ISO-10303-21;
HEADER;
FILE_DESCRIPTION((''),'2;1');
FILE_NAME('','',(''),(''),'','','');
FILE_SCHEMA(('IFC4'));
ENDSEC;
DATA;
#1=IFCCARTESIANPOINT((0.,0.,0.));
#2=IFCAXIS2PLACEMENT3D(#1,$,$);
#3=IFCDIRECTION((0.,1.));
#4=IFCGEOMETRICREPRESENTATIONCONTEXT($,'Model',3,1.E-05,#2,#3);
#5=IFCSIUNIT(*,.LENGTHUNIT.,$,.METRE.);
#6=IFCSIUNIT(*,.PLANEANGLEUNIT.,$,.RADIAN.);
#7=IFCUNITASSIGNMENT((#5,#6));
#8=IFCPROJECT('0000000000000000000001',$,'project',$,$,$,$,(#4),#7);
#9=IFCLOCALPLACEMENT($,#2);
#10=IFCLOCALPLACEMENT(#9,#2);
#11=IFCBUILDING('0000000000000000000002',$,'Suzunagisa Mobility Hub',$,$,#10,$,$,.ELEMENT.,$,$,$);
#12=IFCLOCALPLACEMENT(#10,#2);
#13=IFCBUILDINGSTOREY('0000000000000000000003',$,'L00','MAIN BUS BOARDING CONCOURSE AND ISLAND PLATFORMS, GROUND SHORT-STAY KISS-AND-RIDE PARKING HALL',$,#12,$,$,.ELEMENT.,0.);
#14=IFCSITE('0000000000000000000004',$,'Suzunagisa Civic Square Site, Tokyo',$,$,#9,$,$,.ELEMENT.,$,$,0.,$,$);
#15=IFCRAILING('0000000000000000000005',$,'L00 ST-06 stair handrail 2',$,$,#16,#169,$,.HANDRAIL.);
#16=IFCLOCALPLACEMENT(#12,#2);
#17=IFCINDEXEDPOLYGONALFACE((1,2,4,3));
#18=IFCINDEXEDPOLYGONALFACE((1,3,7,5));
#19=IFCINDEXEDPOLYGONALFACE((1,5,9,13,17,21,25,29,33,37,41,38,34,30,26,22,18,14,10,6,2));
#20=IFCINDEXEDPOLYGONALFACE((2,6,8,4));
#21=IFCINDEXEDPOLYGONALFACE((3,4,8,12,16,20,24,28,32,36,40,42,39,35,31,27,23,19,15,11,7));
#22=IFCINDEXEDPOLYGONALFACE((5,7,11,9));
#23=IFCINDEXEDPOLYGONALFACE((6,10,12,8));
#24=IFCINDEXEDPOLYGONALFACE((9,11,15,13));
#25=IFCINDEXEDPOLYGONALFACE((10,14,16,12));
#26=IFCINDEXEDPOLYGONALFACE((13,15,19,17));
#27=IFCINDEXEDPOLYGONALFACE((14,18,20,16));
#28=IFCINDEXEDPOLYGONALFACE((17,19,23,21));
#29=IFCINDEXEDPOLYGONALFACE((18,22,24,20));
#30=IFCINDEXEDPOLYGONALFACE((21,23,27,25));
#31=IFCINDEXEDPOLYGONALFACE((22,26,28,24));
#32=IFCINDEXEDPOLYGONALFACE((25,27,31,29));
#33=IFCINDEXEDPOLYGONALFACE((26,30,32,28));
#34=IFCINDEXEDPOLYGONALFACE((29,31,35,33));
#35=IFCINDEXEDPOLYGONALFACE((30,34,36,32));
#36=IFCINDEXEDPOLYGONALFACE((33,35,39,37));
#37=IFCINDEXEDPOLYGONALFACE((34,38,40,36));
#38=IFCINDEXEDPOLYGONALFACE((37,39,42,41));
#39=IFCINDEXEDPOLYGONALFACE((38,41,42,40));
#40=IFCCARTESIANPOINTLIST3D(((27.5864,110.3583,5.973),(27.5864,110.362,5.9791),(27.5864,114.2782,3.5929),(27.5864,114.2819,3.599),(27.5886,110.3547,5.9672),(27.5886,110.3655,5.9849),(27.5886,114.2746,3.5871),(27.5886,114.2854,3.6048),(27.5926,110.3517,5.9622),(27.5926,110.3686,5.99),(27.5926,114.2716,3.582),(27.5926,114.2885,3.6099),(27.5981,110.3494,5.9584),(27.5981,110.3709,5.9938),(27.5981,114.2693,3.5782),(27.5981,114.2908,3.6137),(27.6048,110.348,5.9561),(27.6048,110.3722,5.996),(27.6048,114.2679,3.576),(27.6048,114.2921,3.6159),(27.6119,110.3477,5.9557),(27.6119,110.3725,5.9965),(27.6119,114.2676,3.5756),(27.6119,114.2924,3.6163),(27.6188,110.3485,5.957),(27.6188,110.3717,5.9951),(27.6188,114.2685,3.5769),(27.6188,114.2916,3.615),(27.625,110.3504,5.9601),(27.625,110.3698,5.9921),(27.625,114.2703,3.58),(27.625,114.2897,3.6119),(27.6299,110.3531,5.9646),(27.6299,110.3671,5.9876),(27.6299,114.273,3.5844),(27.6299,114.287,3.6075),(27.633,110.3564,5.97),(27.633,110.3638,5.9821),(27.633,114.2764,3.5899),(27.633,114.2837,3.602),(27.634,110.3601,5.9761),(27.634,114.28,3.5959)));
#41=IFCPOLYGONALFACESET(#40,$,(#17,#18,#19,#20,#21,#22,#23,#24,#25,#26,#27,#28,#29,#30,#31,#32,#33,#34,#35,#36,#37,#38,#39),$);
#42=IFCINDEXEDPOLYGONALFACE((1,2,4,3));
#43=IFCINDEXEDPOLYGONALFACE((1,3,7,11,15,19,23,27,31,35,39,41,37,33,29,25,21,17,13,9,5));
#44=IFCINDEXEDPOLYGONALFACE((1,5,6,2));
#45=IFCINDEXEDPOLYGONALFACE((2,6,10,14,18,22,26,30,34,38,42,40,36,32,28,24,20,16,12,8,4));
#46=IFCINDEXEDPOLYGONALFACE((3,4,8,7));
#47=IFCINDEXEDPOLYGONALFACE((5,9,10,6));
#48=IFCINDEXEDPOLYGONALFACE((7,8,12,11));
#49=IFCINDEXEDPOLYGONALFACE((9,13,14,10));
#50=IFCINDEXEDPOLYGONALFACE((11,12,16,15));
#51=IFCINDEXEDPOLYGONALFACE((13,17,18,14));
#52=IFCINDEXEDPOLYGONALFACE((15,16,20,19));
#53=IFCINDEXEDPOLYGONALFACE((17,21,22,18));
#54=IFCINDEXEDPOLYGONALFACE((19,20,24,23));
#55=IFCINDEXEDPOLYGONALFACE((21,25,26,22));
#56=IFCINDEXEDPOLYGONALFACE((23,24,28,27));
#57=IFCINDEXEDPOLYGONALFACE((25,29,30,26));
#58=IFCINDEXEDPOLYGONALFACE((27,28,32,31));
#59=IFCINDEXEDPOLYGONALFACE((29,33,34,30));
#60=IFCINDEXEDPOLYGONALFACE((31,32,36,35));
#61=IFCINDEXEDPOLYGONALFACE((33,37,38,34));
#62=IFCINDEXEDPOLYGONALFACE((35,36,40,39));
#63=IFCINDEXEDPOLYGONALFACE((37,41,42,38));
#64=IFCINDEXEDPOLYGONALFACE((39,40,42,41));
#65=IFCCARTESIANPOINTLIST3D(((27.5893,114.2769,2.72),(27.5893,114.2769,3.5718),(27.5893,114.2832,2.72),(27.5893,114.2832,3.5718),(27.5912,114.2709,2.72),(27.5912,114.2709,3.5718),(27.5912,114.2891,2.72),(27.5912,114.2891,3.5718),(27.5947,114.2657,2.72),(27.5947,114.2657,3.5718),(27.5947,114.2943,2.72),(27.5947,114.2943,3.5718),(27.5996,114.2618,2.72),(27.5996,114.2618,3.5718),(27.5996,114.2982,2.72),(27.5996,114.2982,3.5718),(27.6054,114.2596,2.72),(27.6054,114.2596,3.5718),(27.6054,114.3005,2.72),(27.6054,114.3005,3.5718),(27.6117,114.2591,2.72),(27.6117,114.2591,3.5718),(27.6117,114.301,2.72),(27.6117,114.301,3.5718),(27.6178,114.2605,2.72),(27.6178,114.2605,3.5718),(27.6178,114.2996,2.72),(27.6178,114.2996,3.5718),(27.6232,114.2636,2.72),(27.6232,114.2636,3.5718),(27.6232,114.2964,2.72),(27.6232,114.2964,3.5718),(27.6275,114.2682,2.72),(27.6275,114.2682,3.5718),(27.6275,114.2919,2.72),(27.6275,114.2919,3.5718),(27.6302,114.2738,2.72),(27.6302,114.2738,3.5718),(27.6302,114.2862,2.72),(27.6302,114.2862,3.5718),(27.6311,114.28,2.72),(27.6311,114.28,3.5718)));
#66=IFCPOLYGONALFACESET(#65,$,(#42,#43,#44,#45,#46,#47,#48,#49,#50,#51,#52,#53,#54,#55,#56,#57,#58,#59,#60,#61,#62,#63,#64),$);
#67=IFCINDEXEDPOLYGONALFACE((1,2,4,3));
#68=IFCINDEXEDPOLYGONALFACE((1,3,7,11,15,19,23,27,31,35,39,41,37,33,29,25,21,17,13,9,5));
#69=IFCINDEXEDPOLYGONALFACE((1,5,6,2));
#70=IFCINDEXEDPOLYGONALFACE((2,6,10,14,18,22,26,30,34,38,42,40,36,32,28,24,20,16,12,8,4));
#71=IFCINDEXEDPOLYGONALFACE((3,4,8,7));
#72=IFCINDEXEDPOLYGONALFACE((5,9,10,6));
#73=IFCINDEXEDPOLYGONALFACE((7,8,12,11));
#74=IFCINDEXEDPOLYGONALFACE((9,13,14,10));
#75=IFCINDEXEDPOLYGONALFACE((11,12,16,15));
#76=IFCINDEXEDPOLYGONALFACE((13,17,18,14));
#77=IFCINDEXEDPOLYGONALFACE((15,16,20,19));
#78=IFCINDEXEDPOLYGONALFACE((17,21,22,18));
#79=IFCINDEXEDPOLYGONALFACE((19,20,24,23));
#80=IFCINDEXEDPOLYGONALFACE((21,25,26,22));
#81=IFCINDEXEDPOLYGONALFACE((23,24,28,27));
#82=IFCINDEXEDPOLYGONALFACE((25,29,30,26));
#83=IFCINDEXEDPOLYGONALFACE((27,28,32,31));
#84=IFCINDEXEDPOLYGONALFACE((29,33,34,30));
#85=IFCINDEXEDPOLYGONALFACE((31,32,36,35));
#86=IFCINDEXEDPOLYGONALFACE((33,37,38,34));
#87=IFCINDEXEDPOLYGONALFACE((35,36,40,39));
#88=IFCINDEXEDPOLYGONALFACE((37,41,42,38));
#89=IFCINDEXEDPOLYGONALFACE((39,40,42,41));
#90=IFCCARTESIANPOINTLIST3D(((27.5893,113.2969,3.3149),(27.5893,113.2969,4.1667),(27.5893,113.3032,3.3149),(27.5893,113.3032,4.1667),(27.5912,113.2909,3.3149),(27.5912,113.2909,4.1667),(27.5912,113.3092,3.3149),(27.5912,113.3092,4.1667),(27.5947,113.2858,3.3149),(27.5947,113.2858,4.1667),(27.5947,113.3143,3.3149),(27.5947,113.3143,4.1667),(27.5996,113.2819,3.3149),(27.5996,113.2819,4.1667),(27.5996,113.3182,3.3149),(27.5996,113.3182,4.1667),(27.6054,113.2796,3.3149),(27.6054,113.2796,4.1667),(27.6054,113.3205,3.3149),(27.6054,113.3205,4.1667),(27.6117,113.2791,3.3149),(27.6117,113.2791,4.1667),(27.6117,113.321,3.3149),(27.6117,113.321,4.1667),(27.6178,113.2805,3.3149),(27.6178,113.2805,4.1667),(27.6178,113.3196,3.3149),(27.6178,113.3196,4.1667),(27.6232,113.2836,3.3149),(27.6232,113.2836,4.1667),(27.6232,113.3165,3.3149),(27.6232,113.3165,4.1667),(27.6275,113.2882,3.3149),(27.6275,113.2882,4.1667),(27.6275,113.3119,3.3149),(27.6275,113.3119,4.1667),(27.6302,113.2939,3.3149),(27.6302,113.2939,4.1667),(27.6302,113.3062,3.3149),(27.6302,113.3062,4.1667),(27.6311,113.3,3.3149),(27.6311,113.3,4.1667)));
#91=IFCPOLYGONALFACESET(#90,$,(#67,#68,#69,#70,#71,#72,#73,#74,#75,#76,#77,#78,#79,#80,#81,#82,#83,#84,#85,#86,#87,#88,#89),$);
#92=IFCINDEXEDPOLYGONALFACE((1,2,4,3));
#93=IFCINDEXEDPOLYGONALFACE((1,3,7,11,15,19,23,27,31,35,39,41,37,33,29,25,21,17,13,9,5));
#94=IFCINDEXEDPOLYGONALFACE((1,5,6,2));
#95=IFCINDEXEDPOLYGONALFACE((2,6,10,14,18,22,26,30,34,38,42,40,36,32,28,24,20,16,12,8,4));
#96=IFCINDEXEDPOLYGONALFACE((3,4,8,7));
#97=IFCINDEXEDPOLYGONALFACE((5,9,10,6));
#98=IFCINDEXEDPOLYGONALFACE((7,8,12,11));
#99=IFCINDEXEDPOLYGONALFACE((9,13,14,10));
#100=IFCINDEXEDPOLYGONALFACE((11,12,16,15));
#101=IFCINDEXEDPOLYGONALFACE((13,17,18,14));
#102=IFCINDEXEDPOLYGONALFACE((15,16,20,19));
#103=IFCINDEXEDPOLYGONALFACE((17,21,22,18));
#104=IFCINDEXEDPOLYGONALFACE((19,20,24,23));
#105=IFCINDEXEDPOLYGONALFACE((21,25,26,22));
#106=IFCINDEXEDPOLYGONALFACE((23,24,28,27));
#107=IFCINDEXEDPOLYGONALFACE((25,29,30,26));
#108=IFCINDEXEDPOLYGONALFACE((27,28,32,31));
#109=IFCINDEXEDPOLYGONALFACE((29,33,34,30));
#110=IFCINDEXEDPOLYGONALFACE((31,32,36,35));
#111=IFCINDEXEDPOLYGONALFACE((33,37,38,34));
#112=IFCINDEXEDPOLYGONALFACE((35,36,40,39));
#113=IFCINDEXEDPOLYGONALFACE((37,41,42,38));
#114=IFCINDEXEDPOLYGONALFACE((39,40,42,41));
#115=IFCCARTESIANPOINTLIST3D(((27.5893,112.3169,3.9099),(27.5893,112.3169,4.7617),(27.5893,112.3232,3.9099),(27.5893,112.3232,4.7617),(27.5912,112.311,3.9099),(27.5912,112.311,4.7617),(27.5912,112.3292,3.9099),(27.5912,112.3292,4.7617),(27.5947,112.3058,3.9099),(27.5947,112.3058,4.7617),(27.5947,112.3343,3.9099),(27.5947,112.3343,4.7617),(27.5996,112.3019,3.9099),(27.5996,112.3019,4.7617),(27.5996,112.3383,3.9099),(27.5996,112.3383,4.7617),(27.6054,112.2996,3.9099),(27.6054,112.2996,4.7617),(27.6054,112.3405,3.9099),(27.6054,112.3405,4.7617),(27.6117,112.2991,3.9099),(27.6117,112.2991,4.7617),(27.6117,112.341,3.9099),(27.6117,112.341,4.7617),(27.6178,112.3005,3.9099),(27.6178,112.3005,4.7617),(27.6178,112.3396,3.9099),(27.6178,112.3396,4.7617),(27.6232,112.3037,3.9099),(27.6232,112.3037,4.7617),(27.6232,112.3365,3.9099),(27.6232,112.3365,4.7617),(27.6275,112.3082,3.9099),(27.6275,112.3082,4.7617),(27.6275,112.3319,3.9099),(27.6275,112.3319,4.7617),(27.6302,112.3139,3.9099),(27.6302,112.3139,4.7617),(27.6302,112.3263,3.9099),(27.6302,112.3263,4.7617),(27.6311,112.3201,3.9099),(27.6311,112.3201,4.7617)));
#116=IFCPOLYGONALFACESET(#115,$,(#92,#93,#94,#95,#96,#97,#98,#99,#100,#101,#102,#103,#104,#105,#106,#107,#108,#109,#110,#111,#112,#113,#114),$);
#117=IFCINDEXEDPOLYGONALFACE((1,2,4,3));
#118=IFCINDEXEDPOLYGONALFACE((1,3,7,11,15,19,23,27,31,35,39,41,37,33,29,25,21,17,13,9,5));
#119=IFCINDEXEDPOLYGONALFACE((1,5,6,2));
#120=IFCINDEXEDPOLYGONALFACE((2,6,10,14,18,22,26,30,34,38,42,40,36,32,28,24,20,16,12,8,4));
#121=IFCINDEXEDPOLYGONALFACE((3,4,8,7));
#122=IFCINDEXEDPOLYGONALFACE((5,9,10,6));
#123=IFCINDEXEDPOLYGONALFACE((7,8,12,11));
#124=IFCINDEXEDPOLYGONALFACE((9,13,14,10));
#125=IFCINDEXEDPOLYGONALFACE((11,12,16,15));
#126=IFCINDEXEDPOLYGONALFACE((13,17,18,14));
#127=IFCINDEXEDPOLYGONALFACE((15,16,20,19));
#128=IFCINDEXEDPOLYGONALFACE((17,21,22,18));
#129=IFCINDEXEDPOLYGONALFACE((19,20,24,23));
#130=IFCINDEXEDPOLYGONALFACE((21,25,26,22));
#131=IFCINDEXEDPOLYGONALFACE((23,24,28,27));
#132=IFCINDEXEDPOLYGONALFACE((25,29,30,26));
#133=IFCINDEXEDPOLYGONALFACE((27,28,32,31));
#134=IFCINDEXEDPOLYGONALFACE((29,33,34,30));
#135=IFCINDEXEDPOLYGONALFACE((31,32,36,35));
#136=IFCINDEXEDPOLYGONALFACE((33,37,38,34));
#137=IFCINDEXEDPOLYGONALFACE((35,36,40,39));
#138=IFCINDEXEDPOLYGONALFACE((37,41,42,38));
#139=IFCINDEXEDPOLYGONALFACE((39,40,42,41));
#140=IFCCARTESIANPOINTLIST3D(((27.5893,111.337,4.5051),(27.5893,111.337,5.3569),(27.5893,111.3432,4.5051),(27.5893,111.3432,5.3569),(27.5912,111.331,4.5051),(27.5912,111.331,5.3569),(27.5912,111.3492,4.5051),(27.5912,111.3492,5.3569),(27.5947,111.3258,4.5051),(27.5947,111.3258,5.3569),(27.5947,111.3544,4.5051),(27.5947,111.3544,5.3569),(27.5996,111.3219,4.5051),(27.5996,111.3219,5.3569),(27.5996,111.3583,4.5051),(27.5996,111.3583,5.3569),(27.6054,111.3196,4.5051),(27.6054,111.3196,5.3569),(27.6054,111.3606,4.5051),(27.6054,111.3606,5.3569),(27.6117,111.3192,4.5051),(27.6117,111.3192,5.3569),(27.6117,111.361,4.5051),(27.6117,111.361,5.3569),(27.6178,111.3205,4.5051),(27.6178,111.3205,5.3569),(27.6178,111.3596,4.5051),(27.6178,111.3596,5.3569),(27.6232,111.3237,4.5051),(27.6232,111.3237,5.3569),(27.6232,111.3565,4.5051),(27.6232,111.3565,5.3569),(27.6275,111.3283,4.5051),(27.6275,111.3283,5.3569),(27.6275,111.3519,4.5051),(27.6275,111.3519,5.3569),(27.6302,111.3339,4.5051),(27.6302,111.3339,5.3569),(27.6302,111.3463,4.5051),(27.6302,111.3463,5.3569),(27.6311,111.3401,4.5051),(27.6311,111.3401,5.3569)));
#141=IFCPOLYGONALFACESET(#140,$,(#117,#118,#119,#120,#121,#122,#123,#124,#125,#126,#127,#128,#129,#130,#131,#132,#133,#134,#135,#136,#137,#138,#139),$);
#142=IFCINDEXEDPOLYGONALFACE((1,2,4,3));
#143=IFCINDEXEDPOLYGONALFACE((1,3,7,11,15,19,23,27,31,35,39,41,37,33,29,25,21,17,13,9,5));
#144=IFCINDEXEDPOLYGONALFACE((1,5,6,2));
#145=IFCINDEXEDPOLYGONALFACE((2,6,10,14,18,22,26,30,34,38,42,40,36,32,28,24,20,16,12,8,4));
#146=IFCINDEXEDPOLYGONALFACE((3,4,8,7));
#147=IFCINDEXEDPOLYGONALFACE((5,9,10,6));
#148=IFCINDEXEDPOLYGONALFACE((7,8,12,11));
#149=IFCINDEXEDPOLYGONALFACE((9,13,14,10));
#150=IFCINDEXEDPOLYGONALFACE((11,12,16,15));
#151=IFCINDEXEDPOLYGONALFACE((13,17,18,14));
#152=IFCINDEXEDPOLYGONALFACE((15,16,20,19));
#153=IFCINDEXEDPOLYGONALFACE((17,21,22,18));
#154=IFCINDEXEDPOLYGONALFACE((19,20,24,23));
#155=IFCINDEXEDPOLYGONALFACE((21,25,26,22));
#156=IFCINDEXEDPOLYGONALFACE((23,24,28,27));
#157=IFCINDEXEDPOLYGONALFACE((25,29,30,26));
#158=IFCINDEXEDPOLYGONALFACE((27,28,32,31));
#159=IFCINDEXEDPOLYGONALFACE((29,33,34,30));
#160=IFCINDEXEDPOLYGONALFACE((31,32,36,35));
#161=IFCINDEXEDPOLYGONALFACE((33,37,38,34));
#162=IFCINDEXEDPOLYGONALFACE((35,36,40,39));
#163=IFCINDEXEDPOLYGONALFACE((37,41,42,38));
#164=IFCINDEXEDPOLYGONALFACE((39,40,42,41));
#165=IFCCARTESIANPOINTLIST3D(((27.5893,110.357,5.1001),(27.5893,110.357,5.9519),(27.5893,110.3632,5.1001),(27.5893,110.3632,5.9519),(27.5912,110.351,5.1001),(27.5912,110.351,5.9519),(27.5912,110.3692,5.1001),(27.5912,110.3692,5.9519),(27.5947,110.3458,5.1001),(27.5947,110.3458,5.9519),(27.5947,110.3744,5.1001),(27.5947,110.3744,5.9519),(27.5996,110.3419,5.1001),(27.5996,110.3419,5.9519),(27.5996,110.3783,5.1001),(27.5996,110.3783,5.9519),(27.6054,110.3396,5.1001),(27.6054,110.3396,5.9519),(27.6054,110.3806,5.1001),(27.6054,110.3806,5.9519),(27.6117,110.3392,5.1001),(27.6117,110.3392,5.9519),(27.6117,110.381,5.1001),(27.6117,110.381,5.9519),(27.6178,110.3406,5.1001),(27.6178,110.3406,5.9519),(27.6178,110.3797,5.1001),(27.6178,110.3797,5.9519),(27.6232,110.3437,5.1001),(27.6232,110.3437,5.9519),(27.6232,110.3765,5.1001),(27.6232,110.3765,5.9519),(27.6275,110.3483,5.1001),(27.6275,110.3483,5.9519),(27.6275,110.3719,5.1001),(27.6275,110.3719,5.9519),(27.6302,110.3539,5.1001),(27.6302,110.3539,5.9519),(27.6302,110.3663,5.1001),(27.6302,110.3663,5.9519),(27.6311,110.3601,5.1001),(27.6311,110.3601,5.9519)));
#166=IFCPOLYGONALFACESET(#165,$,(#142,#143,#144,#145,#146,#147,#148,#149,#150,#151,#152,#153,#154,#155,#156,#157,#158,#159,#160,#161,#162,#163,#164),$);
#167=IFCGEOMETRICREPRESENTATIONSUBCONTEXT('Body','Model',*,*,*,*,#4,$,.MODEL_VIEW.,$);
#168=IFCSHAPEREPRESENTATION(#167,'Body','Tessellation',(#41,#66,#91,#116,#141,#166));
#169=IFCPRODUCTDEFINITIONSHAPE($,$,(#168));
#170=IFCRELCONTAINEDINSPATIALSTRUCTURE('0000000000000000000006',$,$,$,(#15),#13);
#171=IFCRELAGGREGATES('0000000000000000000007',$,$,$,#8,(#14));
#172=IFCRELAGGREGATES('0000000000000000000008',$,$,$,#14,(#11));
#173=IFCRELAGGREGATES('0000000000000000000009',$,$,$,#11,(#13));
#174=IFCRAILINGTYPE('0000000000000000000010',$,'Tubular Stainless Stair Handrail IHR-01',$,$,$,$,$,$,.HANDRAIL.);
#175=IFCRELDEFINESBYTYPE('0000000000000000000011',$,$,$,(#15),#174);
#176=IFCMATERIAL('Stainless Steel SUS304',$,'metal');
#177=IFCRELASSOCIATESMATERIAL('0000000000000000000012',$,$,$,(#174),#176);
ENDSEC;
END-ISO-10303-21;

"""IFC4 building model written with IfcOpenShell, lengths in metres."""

from ifc_helpers import new_model, si_unit, direction, frame, origin, origin_2d, place, context, subcontext, project, spatial, circle, extrude, material, type_object, element, save


model = new_model("IFC4")

# Units and contexts
model_context = context("Model", 3, precision=1e-05, world=origin(), true_north=direction((0.0, 1.0)))
body_context = subcontext(model_context, "Body", "Model", "MODEL_VIEW")
ifc_project = project(units=[si_unit("LENGTHUNIT", "METRE"), si_unit("PLANEANGLEUNIT", "RADIAN")], contexts=[model_context])

# Site, building, storey
site_placement = place(None, origin())
site = spatial("IfcSite", under=ifc_project, at=site_placement, Name="Suzunagisa Civic Square Site, Tokyo", CompositionType="ELEMENT", RefElevation=0.0)
building_placement = place(site_placement, origin())
building = spatial("IfcBuilding", under=site, at=building_placement, Name="Suzunagisa Mobility Hub", CompositionType="ELEMENT")
storey_placement = place(building_placement, origin())
storey = spatial("IfcBuildingStorey", under=building, at=storey_placement, Name="L00", Description="MAIN BUS BOARDING CONCOURSE AND ISLAND PLATFORMS, GROUND SHORT-STAY KISS-AND-RIDE PARKING HALL", CompositionType="ELEMENT", Elevation=0.0)

# Railing
ifc_material_1 = material(Name="Stainless Steel SUS304", Category="metal")
railing_type_1 = type_object("IfcRailingType", Name="Tubular Stainless Stair Handrail IHR-01", PredefinedType="HANDRAIL", material=ifc_material_1)
railing_1_placement = place(storey_placement, frame((27.6101, 114.28, 2.72)))
element("IfcRailing", 1, at=railing_1_placement, inside=storey, type_object=railing_type_1, Name="L00 ST-06 stair handrail 2", PredefinedType="HANDRAIL", context=body_context, shape_type="SweptSolid", body=[
    extrude(circle(Radius=0.0239, at=origin_2d()), frame((0.0, 0.0, 0.876), z_axis=(0.0, -0.854771, 0.519006), x_axis=(1.0, 0.0, 0.0)), (0.0, 0.0, 1.0), 4.5859),
    extrude(circle(Radius=0.021, at=origin_2d()), origin(), (0.0, 0.0, 1.0), 0.8518),
    extrude(circle(Radius=0.021, at=origin_2d()), frame((0.0, -0.98, 0.595)), (0.0, 0.0, 1.0), 0.8518),
    extrude(circle(Radius=0.021, at=origin_2d()), frame((0.0, -1.96, 1.1899)), (0.0, 0.0, 1.0), 0.8518),
    extrude(circle(Radius=0.021, at=origin_2d()), frame((0.0, -2.9399, 1.7852)), (0.0, 0.0, 1.0), 0.8518),
    extrude(circle(Radius=0.021, at=origin_2d()), frame((0.0, -3.9199, 2.3801)), (0.0, 0.0, 1.0), 0.8518),
])

save(model, "model.ifc")
